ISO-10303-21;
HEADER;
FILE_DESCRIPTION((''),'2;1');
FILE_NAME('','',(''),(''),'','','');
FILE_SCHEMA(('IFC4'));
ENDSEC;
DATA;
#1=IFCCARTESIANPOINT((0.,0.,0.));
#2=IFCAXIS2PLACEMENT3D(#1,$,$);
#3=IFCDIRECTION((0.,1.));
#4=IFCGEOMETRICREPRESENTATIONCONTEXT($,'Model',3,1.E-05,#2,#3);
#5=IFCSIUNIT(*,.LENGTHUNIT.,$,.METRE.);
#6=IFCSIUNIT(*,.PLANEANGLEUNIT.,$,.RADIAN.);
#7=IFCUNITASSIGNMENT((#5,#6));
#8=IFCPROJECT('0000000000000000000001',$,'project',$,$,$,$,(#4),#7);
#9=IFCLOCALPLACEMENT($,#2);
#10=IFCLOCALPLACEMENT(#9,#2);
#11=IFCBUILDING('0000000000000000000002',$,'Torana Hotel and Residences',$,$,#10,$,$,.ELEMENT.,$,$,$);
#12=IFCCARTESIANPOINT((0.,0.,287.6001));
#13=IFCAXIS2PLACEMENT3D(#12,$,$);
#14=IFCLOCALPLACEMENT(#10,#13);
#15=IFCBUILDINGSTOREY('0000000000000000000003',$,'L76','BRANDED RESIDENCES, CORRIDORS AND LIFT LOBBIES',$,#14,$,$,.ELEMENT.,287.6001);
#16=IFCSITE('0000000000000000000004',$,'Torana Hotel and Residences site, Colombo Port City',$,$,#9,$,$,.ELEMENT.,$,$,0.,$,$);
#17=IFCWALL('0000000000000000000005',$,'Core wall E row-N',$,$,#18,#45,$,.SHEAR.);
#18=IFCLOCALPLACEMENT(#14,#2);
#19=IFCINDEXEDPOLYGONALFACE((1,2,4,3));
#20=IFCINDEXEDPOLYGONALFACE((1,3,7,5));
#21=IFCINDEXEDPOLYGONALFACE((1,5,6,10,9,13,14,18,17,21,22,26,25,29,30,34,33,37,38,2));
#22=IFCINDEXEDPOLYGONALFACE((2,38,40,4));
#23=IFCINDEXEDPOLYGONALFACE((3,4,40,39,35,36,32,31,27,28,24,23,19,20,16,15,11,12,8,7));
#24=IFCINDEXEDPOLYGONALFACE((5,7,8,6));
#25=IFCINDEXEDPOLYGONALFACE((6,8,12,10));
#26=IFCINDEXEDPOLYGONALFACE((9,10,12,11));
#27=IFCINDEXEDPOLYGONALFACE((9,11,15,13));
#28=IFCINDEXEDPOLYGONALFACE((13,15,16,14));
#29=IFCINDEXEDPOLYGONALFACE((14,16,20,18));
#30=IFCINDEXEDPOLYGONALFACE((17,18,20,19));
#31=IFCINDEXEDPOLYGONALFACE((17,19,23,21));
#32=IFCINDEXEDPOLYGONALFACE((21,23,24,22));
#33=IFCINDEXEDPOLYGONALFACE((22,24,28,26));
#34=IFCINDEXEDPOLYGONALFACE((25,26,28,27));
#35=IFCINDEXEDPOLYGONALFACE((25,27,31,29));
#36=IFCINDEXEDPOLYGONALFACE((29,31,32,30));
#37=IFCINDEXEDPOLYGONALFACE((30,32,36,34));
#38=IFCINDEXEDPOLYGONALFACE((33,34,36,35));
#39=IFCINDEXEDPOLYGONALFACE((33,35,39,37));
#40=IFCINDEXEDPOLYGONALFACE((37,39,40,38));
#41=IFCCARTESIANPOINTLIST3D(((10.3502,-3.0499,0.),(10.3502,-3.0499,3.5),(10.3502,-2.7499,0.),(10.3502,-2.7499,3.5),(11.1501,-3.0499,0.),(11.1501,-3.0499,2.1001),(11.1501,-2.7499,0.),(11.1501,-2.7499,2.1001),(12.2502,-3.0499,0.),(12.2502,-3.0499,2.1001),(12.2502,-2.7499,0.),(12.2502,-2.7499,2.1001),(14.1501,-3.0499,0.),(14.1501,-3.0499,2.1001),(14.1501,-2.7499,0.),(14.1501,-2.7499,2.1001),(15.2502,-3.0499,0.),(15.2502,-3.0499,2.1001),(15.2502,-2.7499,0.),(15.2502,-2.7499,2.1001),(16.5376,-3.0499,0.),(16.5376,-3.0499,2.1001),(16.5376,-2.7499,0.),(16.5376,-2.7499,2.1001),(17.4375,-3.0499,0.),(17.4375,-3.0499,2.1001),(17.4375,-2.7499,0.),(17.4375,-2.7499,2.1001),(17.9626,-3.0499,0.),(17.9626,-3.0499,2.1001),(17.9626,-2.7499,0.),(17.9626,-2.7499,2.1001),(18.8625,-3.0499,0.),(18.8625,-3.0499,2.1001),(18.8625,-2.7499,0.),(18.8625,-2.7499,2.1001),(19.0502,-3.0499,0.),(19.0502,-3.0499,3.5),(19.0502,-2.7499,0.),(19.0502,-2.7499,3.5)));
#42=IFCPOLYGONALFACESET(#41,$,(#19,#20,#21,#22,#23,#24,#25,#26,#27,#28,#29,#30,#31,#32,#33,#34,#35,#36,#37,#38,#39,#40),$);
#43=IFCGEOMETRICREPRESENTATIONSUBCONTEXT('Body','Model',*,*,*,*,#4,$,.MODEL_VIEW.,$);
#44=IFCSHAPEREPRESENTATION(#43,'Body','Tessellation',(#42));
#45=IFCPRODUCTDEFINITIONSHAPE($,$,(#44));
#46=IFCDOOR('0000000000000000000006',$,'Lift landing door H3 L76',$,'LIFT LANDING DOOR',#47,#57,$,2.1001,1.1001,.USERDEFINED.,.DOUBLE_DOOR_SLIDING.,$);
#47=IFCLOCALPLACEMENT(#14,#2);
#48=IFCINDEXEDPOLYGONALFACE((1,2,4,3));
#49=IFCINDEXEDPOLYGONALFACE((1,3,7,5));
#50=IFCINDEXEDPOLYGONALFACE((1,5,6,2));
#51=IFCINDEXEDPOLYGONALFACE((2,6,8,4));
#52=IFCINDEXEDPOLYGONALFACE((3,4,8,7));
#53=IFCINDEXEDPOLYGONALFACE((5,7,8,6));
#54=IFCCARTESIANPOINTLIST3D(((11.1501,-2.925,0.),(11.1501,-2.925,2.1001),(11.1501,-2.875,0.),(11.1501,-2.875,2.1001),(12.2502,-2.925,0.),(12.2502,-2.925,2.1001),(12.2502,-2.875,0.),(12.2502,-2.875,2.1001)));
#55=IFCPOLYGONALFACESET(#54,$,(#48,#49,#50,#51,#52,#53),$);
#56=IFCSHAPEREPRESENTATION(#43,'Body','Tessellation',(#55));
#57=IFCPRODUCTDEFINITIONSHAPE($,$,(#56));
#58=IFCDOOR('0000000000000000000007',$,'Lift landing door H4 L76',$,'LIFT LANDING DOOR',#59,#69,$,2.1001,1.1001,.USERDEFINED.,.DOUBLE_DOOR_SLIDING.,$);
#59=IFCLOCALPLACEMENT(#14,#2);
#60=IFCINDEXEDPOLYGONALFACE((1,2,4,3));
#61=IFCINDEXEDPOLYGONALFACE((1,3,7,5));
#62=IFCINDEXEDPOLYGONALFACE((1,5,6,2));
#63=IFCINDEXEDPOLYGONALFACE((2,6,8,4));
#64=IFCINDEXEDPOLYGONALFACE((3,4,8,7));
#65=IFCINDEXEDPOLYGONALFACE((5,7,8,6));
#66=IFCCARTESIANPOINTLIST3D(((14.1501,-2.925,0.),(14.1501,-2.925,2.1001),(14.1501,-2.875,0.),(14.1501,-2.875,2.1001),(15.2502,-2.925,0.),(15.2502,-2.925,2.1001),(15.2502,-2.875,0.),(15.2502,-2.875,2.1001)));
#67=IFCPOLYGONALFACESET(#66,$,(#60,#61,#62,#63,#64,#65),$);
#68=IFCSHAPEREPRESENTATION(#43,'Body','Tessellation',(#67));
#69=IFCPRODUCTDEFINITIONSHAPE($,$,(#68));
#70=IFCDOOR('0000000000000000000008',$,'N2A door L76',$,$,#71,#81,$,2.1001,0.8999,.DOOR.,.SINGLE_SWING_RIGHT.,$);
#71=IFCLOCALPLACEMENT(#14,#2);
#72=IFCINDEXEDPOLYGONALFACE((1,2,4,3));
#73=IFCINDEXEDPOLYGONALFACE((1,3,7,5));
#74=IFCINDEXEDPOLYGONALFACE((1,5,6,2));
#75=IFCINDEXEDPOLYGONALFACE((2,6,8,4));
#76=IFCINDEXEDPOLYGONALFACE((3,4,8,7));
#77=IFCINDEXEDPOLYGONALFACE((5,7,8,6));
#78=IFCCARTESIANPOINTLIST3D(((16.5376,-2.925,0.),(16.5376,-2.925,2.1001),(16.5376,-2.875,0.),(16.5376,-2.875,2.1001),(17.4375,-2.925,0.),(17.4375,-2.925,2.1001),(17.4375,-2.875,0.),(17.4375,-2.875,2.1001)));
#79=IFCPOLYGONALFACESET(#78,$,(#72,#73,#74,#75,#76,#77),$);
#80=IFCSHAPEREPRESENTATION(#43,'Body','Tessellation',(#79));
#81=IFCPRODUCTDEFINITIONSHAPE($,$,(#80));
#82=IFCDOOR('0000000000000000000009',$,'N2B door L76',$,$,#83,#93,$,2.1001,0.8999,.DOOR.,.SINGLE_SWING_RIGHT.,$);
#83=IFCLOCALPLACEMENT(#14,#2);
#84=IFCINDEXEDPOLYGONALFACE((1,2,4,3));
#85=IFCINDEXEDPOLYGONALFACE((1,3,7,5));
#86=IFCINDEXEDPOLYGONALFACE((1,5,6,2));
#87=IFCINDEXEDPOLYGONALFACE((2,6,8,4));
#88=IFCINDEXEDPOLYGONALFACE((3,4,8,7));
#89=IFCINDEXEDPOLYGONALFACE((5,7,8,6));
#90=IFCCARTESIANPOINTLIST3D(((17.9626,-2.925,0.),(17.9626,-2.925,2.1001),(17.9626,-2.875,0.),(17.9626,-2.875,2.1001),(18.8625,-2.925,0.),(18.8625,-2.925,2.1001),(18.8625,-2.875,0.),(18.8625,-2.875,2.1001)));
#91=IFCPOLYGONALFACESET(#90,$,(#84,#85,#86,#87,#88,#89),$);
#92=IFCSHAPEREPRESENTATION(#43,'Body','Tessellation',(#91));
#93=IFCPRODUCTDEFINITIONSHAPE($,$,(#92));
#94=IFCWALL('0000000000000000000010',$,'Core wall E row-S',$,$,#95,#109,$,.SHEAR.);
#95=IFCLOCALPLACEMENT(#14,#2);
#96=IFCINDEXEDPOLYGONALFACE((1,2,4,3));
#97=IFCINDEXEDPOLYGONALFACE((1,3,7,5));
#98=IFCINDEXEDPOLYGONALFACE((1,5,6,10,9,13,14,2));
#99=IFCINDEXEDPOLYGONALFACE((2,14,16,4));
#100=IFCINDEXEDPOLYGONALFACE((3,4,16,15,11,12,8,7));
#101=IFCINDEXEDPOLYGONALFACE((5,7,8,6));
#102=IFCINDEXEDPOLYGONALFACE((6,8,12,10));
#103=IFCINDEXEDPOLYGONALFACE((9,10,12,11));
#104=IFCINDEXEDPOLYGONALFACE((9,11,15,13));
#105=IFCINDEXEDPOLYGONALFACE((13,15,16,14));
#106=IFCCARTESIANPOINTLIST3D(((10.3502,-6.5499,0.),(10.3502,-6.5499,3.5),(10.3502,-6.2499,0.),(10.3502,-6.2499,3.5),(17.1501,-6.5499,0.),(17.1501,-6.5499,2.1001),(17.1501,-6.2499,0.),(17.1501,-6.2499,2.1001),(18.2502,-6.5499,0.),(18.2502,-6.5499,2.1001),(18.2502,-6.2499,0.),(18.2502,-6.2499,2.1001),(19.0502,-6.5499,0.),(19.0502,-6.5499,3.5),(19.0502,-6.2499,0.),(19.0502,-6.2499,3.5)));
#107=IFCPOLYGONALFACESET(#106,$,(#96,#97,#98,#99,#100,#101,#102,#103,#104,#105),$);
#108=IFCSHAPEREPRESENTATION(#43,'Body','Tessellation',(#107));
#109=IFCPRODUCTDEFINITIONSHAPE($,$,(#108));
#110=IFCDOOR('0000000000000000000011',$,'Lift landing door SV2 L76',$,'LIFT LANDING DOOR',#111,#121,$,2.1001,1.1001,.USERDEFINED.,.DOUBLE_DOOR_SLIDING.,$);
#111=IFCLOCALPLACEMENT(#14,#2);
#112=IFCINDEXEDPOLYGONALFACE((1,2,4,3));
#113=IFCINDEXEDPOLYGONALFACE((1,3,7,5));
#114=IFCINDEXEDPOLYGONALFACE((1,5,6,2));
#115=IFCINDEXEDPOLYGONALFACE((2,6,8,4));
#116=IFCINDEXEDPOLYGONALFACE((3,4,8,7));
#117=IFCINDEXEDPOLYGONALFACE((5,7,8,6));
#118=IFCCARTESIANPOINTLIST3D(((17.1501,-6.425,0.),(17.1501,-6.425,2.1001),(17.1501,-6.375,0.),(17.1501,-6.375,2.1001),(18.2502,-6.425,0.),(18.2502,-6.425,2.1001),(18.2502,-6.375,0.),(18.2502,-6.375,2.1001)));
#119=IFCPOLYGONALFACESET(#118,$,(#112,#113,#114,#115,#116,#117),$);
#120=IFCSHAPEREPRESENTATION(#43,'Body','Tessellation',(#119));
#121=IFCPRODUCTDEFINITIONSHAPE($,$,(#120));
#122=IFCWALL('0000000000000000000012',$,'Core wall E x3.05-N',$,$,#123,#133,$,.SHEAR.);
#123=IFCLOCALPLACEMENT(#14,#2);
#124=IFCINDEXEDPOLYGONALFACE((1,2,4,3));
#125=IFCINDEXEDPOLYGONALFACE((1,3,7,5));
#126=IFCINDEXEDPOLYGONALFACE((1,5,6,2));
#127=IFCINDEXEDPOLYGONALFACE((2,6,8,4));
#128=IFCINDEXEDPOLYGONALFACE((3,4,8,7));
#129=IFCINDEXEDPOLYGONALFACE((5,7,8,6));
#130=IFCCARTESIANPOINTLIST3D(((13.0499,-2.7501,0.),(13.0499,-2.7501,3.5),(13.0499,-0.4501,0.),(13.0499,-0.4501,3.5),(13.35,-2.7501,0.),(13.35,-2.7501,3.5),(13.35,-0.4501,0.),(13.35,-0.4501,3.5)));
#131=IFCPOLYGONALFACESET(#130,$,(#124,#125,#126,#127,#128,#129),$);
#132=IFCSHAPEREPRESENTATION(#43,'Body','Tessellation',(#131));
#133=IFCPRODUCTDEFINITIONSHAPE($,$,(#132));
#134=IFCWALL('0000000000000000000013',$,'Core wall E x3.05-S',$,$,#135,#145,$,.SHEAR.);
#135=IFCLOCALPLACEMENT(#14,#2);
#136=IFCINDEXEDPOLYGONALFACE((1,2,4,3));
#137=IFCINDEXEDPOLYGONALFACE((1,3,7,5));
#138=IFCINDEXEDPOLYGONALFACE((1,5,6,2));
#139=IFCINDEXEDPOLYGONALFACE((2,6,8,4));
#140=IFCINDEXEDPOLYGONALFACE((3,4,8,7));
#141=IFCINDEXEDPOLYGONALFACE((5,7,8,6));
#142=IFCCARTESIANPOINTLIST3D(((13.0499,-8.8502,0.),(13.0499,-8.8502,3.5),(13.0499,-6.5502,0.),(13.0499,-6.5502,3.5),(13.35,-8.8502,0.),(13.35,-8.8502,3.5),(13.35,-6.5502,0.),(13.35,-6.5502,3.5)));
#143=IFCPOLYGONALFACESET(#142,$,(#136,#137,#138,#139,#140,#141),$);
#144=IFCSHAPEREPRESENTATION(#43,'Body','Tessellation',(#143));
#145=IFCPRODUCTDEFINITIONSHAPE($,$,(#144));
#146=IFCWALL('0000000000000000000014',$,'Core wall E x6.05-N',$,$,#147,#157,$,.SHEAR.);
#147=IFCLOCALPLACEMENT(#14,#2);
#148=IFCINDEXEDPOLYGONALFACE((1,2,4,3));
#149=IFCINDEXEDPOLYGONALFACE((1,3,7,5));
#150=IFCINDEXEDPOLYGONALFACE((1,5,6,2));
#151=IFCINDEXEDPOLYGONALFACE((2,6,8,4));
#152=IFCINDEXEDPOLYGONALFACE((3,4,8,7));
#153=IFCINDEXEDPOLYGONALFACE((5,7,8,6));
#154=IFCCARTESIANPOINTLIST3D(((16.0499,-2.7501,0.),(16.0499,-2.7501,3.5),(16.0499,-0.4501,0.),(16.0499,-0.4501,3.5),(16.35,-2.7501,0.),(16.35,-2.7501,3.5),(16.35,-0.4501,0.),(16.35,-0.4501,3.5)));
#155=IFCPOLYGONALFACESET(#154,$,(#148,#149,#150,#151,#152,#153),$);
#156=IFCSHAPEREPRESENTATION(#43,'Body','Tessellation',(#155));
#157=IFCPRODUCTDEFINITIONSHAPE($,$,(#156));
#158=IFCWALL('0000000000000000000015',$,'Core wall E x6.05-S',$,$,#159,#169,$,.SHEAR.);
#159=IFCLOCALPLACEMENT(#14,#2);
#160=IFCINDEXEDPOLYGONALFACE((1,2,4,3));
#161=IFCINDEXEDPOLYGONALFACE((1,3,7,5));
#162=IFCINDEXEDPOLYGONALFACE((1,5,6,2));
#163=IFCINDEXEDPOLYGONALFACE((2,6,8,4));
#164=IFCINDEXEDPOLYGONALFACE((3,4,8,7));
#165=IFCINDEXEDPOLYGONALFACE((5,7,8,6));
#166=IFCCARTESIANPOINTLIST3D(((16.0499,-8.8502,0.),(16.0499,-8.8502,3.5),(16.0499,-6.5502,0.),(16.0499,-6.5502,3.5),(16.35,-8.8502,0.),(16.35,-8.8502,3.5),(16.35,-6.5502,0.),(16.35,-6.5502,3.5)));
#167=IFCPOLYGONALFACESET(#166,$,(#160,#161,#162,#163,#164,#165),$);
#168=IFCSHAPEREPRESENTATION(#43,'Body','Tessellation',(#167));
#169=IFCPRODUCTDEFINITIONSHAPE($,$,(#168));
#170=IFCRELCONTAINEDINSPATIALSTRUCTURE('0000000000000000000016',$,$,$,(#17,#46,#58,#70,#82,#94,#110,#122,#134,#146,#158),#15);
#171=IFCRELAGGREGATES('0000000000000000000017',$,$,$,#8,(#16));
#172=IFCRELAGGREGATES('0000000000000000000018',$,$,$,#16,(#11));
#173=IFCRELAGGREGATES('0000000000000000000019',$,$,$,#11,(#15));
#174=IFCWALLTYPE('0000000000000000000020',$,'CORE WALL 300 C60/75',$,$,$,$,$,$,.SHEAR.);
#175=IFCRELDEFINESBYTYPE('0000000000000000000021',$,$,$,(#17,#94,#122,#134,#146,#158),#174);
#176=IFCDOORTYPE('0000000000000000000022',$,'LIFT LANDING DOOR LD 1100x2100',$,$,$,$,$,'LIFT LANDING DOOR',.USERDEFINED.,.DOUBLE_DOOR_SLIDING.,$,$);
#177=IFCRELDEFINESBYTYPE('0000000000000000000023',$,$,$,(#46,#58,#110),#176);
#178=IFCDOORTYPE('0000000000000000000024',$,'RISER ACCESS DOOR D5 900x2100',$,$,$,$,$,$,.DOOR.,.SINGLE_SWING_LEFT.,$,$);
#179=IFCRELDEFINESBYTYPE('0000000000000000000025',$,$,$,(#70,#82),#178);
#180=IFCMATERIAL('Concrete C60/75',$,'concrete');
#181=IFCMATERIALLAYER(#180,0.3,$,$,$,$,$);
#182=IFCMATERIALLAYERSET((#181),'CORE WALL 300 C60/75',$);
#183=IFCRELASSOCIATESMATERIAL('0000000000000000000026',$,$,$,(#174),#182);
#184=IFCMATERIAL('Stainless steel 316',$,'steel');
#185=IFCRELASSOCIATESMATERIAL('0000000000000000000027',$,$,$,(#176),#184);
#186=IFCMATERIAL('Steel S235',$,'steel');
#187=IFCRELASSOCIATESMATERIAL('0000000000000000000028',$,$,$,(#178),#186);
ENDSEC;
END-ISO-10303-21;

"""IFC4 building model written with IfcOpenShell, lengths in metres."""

from ifc_helpers import new_model, si_unit, direction, frame, frame_2d, origin, place, context, subcontext, project, spatial, rectangle, extrude, material, layer, layer_set, type_object, element, fill, save


model = new_model("IFC4")

# Units and contexts
model_context = context("Model", 3, precision=1e-05, world=origin(), true_north=direction((0.0, 1.0)))
body_context = subcontext(model_context, "Body", "Model", "MODEL_VIEW")
ifc_project = project(units=[si_unit("LENGTHUNIT", "METRE"), si_unit("PLANEANGLEUNIT", "RADIAN")], contexts=[model_context])

# Site, building, storey
site_placement = place(None, origin())
site = spatial("IfcSite", under=ifc_project, at=site_placement, Name="Torana Hotel and Residences site, Colombo Port City", CompositionType="ELEMENT", RefElevation=0.0)
building_placement = place(site_placement, origin())
building = spatial("IfcBuilding", under=site, at=building_placement, Name="Torana Hotel and Residences", CompositionType="ELEMENT")
storey_placement = place(building_placement, frame((0.0, 0.0, 287.6001)))
storey = spatial("IfcBuildingStorey", under=building, at=storey_placement, Name="L76", Description="BRANDED RESIDENCES, CORRIDORS AND LIFT LOBBIES", CompositionType="ELEMENT", Elevation=287.6001)

# Wall, openings, doors
ifc_material_1 = material(Name="Concrete C60/75", Category="concrete")
ifc_layer_1 = layer(ifc_material_1, 0.3)
ifc_layer_set_1 = layer_set([ifc_layer_1], Name="CORE WALL 300 C60/75")
wall_type_1 = type_object("IfcWallType", Name="CORE WALL 300 C60/75", PredefinedType="SHEAR", material=ifc_layer_set_1)
wall_1_placement = place(storey_placement, frame((10.3501, -2.8999, 0.0), z_axis=(0.0, 0.0, 1.0), x_axis=(1.0, 0.0, 0.0)))
wall_1 = element("IfcWall", 1, at=wall_1_placement, inside=storey, type_object=wall_type_1, Name="Core wall E row-N", PredefinedType="SHEAR", context=body_context, shape_type="SweptSolid", body=[
    extrude(rectangle(XDim=8.7, YDim=0.3, at=frame_2d((4.3501, 0.0))), origin(), (0.0, 0.0, 1.0), 3.5),
])
opening_1_placement = place(wall_1_placement, frame((0.8, 0.0, 0.0)))
opening_1 = element("IfcOpeningElement", 2, at=opening_1_placement, cuts=wall_1, PredefinedType="OPENING", context=body_context, shape_type="SweptSolid", body=[
    extrude(rectangle(XDim=1.1001, YDim=2.1001, at=frame_2d((0.55, 1.05))), frame((0.0, 0.1599, 0.0), z_axis=(0.0, -1.0, 0.0), x_axis=(1.0, 0.0, 0.0)), (0.0, 0.0, 1.0), 0.3201),
])
opening_2_placement = place(wall_1_placement, frame((3.8, 0.0, 0.0)))
opening_2 = element("IfcOpeningElement", 3, at=opening_2_placement, cuts=wall_1, PredefinedType="OPENING", context=body_context, shape_type="SweptSolid", body=[
    extrude(rectangle(XDim=1.1001, YDim=2.1001, at=frame_2d((0.55, 1.05))), frame((0.0, 0.1599, 0.0), z_axis=(0.0, -1.0, 0.0), x_axis=(1.0, 0.0, 0.0)), (0.0, 0.0, 1.0), 0.3201),
])
opening_3_placement = place(wall_1_placement, frame((6.1875, 0.0, 0.0)))
opening_3 = element("IfcOpeningElement", 4, at=opening_3_placement, cuts=wall_1, PredefinedType="OPENING", context=body_context, shape_type="SweptSolid", body=[
    extrude(rectangle(XDim=0.8999, YDim=2.1001, at=frame_2d((0.45, 1.05))), frame((0.0, 0.1599, 0.0), z_axis=(0.0, -1.0, 0.0), x_axis=(1.0, 0.0, 0.0)), (0.0, 0.0, 1.0), 0.3201),
])
opening_4_placement = place(wall_1_placement, frame((7.6125, 0.0, 0.0)))
opening_4 = element("IfcOpeningElement", 5, at=opening_4_placement, cuts=wall_1, PredefinedType="OPENING", context=body_context, shape_type="SweptSolid", body=[
    extrude(rectangle(XDim=0.8999, YDim=2.1001, at=frame_2d((0.45, 1.05))), frame((0.0, 0.1599, 0.0), z_axis=(0.0, -1.0, 0.0), x_axis=(1.0, 0.0, 0.0)), (0.0, 0.0, 1.0), 0.3201),
])
ifc_material_2 = material(Name="Stainless steel 316", Category="steel")
door_type_1 = type_object("IfcDoorType", Name="LIFT LANDING DOOR LD 1100x2100", ElementType="LIFT LANDING DOOR", OperationType="DOUBLE_DOOR_SLIDING", PredefinedType="USERDEFINED", material=ifc_material_2)
door_1_placement = place(opening_1_placement, origin())
door_1 = element("IfcDoor", 6, at=door_1_placement, inside=storey, type_object=door_type_1, Name="Lift landing door H3 L76", ObjectType="LIFT LANDING DOOR", OperationType="DOUBLE_DOOR_SLIDING", OverallHeight=2.1001, OverallWidth=1.1001, PredefinedType="USERDEFINED", context=body_context, shape_type="SweptSolid", body=[
    extrude(rectangle(XDim=1.1001, YDim=2.1001, at=frame_2d((0.55, 1.05))), frame((0.0, 0.0249, 0.0), z_axis=(0.0, -1.0, 0.0), x_axis=(1.0, 0.0, 0.0)), (0.0, 0.0, 1.0), 0.05),
])
fill(opening_1, door_1)
door_2_placement = place(opening_2_placement, origin())
door_2 = element("IfcDoor", 7, at=door_2_placement, inside=storey, type_object=door_type_1, Name="Lift landing door H4 L76", ObjectType="LIFT LANDING DOOR", OperationType="DOUBLE_DOOR_SLIDING", OverallHeight=2.1001, OverallWidth=1.1001, PredefinedType="USERDEFINED", context=body_context, shape_type="SweptSolid", body=[
    extrude(rectangle(XDim=1.1001, YDim=2.1001, at=frame_2d((0.55, 1.05))), frame((0.0, 0.0249, 0.0), z_axis=(0.0, -1.0, 0.0), x_axis=(1.0, 0.0, 0.0)), (0.0, 0.0, 1.0), 0.05),
])
fill(opening_2, door_2)
ifc_material_3 = material(Name="Steel S235", Category="steel")
door_type_2 = type_object("IfcDoorType", Name="RISER ACCESS DOOR D5 900x2100", OperationType="SINGLE_SWING_LEFT", PredefinedType="DOOR", material=ifc_material_3)
door_3_placement = place(opening_3_placement, origin())
door_3 = element("IfcDoor", 8, at=door_3_placement, inside=storey, type_object=door_type_2, Name="N2A door L76", OperationType="SINGLE_SWING_RIGHT", OverallHeight=2.1001, OverallWidth=0.8999, PredefinedType="DOOR", context=body_context, shape_type="SweptSolid", body=[
    extrude(rectangle(XDim=0.8999, YDim=2.1001, at=frame_2d((0.45, 1.05))), frame((0.0, 0.0249, 0.0), z_axis=(0.0, -1.0, 0.0), x_axis=(1.0, 0.0, 0.0)), (0.0, 0.0, 1.0), 0.05),
])
fill(opening_3, door_3)
door_4_placement = place(opening_4_placement, origin())
door_4 = element("IfcDoor", 9, at=door_4_placement, inside=storey, type_object=door_type_2, Name="N2B door L76", OperationType="SINGLE_SWING_RIGHT", OverallHeight=2.1001, OverallWidth=0.8999, PredefinedType="DOOR", context=body_context, shape_type="SweptSolid", body=[
    extrude(rectangle(XDim=0.8999, YDim=2.1001, at=frame_2d((0.45, 1.05))), frame((0.0, 0.0249, 0.0), z_axis=(0.0, -1.0, 0.0), x_axis=(1.0, 0.0, 0.0)), (0.0, 0.0, 1.0), 0.05),
])
fill(opening_4, door_4)

# Wall, opening, door
wall_2_placement = place(storey_placement, frame((10.3501, -6.3999, 0.0), z_axis=(0.0, 0.0, 1.0), x_axis=(1.0, 0.0, 0.0)))
wall_2 = element("IfcWall", 10, at=wall_2_placement, inside=storey, type_object=wall_type_1, Name="Core wall E row-S", PredefinedType="SHEAR", context=body_context, shape_type="SweptSolid", body=[
    extrude(rectangle(XDim=8.7, YDim=0.3, at=frame_2d((4.3501, 0.0))), origin(), (0.0, 0.0, 1.0), 3.5),
])
opening_5_placement = place(wall_2_placement, frame((6.8, 0.0, 0.0)))
opening_5 = element("IfcOpeningElement", 11, at=opening_5_placement, cuts=wall_2, PredefinedType="OPENING", context=body_context, shape_type="SweptSolid", body=[
    extrude(rectangle(XDim=1.1001, YDim=2.1001, at=frame_2d((0.55, 1.05))), frame((0.0, 0.1599, 0.0), z_axis=(0.0, -1.0, 0.0), x_axis=(1.0, 0.0, 0.0)), (0.0, 0.0, 1.0), 0.3201),
])
door_5_placement = place(opening_5_placement, origin())
door_5 = element("IfcDoor", 12, at=door_5_placement, inside=storey, type_object=door_type_1, Name="Lift landing door SV2 L76", ObjectType="LIFT LANDING DOOR", OperationType="DOUBLE_DOOR_SLIDING", OverallHeight=2.1001, OverallWidth=1.1001, PredefinedType="USERDEFINED", context=body_context, shape_type="SweptSolid", body=[
    extrude(rectangle(XDim=1.1001, YDim=2.1001, at=frame_2d((0.55, 1.05))), frame((0.0, 0.0249, 0.0), z_axis=(0.0, -1.0, 0.0), x_axis=(1.0, 0.0, 0.0)), (0.0, 0.0, 1.0), 0.05),
])
fill(opening_5, door_5)

# Walls
for number, where, z_axis, x_axis, name in (
    (13, (13.2, -2.75, 0.0), (0.0, 0.0, 1.0), (0.0, 1.0, 0.0), "Core wall E x3.05-N"),
    (14, (13.2, -8.8501, 0.0), (0.0, 0.0, 1.0), (0.0, 1.0, 0.0), "Core wall E x3.05-S"),
    (15, (16.2, -2.75, 0.0), (0.0, 0.0, 1.0), (0.0, 1.0, 0.0), "Core wall E x6.05-N"),
    (16, (16.2, -8.8501, 0.0), (0.0, 0.0, 1.0), (0.0, 1.0, 0.0), "Core wall E x6.05-S"),
):
    element("IfcWall", number, at=place(storey_placement, frame(where, z_axis=z_axis, x_axis=x_axis)), inside=storey, type_object=wall_type_1, Name=name, PredefinedType="SHEAR", context=body_context, shape_type="SweptSolid", body=[
        extrude(rectangle(XDim=2.3, YDim=0.3, at=frame_2d((1.1499, 0.0))), origin(), (0.0, 0.0, 1.0), 3.5),
    ])

save(model, "model.ifc")
